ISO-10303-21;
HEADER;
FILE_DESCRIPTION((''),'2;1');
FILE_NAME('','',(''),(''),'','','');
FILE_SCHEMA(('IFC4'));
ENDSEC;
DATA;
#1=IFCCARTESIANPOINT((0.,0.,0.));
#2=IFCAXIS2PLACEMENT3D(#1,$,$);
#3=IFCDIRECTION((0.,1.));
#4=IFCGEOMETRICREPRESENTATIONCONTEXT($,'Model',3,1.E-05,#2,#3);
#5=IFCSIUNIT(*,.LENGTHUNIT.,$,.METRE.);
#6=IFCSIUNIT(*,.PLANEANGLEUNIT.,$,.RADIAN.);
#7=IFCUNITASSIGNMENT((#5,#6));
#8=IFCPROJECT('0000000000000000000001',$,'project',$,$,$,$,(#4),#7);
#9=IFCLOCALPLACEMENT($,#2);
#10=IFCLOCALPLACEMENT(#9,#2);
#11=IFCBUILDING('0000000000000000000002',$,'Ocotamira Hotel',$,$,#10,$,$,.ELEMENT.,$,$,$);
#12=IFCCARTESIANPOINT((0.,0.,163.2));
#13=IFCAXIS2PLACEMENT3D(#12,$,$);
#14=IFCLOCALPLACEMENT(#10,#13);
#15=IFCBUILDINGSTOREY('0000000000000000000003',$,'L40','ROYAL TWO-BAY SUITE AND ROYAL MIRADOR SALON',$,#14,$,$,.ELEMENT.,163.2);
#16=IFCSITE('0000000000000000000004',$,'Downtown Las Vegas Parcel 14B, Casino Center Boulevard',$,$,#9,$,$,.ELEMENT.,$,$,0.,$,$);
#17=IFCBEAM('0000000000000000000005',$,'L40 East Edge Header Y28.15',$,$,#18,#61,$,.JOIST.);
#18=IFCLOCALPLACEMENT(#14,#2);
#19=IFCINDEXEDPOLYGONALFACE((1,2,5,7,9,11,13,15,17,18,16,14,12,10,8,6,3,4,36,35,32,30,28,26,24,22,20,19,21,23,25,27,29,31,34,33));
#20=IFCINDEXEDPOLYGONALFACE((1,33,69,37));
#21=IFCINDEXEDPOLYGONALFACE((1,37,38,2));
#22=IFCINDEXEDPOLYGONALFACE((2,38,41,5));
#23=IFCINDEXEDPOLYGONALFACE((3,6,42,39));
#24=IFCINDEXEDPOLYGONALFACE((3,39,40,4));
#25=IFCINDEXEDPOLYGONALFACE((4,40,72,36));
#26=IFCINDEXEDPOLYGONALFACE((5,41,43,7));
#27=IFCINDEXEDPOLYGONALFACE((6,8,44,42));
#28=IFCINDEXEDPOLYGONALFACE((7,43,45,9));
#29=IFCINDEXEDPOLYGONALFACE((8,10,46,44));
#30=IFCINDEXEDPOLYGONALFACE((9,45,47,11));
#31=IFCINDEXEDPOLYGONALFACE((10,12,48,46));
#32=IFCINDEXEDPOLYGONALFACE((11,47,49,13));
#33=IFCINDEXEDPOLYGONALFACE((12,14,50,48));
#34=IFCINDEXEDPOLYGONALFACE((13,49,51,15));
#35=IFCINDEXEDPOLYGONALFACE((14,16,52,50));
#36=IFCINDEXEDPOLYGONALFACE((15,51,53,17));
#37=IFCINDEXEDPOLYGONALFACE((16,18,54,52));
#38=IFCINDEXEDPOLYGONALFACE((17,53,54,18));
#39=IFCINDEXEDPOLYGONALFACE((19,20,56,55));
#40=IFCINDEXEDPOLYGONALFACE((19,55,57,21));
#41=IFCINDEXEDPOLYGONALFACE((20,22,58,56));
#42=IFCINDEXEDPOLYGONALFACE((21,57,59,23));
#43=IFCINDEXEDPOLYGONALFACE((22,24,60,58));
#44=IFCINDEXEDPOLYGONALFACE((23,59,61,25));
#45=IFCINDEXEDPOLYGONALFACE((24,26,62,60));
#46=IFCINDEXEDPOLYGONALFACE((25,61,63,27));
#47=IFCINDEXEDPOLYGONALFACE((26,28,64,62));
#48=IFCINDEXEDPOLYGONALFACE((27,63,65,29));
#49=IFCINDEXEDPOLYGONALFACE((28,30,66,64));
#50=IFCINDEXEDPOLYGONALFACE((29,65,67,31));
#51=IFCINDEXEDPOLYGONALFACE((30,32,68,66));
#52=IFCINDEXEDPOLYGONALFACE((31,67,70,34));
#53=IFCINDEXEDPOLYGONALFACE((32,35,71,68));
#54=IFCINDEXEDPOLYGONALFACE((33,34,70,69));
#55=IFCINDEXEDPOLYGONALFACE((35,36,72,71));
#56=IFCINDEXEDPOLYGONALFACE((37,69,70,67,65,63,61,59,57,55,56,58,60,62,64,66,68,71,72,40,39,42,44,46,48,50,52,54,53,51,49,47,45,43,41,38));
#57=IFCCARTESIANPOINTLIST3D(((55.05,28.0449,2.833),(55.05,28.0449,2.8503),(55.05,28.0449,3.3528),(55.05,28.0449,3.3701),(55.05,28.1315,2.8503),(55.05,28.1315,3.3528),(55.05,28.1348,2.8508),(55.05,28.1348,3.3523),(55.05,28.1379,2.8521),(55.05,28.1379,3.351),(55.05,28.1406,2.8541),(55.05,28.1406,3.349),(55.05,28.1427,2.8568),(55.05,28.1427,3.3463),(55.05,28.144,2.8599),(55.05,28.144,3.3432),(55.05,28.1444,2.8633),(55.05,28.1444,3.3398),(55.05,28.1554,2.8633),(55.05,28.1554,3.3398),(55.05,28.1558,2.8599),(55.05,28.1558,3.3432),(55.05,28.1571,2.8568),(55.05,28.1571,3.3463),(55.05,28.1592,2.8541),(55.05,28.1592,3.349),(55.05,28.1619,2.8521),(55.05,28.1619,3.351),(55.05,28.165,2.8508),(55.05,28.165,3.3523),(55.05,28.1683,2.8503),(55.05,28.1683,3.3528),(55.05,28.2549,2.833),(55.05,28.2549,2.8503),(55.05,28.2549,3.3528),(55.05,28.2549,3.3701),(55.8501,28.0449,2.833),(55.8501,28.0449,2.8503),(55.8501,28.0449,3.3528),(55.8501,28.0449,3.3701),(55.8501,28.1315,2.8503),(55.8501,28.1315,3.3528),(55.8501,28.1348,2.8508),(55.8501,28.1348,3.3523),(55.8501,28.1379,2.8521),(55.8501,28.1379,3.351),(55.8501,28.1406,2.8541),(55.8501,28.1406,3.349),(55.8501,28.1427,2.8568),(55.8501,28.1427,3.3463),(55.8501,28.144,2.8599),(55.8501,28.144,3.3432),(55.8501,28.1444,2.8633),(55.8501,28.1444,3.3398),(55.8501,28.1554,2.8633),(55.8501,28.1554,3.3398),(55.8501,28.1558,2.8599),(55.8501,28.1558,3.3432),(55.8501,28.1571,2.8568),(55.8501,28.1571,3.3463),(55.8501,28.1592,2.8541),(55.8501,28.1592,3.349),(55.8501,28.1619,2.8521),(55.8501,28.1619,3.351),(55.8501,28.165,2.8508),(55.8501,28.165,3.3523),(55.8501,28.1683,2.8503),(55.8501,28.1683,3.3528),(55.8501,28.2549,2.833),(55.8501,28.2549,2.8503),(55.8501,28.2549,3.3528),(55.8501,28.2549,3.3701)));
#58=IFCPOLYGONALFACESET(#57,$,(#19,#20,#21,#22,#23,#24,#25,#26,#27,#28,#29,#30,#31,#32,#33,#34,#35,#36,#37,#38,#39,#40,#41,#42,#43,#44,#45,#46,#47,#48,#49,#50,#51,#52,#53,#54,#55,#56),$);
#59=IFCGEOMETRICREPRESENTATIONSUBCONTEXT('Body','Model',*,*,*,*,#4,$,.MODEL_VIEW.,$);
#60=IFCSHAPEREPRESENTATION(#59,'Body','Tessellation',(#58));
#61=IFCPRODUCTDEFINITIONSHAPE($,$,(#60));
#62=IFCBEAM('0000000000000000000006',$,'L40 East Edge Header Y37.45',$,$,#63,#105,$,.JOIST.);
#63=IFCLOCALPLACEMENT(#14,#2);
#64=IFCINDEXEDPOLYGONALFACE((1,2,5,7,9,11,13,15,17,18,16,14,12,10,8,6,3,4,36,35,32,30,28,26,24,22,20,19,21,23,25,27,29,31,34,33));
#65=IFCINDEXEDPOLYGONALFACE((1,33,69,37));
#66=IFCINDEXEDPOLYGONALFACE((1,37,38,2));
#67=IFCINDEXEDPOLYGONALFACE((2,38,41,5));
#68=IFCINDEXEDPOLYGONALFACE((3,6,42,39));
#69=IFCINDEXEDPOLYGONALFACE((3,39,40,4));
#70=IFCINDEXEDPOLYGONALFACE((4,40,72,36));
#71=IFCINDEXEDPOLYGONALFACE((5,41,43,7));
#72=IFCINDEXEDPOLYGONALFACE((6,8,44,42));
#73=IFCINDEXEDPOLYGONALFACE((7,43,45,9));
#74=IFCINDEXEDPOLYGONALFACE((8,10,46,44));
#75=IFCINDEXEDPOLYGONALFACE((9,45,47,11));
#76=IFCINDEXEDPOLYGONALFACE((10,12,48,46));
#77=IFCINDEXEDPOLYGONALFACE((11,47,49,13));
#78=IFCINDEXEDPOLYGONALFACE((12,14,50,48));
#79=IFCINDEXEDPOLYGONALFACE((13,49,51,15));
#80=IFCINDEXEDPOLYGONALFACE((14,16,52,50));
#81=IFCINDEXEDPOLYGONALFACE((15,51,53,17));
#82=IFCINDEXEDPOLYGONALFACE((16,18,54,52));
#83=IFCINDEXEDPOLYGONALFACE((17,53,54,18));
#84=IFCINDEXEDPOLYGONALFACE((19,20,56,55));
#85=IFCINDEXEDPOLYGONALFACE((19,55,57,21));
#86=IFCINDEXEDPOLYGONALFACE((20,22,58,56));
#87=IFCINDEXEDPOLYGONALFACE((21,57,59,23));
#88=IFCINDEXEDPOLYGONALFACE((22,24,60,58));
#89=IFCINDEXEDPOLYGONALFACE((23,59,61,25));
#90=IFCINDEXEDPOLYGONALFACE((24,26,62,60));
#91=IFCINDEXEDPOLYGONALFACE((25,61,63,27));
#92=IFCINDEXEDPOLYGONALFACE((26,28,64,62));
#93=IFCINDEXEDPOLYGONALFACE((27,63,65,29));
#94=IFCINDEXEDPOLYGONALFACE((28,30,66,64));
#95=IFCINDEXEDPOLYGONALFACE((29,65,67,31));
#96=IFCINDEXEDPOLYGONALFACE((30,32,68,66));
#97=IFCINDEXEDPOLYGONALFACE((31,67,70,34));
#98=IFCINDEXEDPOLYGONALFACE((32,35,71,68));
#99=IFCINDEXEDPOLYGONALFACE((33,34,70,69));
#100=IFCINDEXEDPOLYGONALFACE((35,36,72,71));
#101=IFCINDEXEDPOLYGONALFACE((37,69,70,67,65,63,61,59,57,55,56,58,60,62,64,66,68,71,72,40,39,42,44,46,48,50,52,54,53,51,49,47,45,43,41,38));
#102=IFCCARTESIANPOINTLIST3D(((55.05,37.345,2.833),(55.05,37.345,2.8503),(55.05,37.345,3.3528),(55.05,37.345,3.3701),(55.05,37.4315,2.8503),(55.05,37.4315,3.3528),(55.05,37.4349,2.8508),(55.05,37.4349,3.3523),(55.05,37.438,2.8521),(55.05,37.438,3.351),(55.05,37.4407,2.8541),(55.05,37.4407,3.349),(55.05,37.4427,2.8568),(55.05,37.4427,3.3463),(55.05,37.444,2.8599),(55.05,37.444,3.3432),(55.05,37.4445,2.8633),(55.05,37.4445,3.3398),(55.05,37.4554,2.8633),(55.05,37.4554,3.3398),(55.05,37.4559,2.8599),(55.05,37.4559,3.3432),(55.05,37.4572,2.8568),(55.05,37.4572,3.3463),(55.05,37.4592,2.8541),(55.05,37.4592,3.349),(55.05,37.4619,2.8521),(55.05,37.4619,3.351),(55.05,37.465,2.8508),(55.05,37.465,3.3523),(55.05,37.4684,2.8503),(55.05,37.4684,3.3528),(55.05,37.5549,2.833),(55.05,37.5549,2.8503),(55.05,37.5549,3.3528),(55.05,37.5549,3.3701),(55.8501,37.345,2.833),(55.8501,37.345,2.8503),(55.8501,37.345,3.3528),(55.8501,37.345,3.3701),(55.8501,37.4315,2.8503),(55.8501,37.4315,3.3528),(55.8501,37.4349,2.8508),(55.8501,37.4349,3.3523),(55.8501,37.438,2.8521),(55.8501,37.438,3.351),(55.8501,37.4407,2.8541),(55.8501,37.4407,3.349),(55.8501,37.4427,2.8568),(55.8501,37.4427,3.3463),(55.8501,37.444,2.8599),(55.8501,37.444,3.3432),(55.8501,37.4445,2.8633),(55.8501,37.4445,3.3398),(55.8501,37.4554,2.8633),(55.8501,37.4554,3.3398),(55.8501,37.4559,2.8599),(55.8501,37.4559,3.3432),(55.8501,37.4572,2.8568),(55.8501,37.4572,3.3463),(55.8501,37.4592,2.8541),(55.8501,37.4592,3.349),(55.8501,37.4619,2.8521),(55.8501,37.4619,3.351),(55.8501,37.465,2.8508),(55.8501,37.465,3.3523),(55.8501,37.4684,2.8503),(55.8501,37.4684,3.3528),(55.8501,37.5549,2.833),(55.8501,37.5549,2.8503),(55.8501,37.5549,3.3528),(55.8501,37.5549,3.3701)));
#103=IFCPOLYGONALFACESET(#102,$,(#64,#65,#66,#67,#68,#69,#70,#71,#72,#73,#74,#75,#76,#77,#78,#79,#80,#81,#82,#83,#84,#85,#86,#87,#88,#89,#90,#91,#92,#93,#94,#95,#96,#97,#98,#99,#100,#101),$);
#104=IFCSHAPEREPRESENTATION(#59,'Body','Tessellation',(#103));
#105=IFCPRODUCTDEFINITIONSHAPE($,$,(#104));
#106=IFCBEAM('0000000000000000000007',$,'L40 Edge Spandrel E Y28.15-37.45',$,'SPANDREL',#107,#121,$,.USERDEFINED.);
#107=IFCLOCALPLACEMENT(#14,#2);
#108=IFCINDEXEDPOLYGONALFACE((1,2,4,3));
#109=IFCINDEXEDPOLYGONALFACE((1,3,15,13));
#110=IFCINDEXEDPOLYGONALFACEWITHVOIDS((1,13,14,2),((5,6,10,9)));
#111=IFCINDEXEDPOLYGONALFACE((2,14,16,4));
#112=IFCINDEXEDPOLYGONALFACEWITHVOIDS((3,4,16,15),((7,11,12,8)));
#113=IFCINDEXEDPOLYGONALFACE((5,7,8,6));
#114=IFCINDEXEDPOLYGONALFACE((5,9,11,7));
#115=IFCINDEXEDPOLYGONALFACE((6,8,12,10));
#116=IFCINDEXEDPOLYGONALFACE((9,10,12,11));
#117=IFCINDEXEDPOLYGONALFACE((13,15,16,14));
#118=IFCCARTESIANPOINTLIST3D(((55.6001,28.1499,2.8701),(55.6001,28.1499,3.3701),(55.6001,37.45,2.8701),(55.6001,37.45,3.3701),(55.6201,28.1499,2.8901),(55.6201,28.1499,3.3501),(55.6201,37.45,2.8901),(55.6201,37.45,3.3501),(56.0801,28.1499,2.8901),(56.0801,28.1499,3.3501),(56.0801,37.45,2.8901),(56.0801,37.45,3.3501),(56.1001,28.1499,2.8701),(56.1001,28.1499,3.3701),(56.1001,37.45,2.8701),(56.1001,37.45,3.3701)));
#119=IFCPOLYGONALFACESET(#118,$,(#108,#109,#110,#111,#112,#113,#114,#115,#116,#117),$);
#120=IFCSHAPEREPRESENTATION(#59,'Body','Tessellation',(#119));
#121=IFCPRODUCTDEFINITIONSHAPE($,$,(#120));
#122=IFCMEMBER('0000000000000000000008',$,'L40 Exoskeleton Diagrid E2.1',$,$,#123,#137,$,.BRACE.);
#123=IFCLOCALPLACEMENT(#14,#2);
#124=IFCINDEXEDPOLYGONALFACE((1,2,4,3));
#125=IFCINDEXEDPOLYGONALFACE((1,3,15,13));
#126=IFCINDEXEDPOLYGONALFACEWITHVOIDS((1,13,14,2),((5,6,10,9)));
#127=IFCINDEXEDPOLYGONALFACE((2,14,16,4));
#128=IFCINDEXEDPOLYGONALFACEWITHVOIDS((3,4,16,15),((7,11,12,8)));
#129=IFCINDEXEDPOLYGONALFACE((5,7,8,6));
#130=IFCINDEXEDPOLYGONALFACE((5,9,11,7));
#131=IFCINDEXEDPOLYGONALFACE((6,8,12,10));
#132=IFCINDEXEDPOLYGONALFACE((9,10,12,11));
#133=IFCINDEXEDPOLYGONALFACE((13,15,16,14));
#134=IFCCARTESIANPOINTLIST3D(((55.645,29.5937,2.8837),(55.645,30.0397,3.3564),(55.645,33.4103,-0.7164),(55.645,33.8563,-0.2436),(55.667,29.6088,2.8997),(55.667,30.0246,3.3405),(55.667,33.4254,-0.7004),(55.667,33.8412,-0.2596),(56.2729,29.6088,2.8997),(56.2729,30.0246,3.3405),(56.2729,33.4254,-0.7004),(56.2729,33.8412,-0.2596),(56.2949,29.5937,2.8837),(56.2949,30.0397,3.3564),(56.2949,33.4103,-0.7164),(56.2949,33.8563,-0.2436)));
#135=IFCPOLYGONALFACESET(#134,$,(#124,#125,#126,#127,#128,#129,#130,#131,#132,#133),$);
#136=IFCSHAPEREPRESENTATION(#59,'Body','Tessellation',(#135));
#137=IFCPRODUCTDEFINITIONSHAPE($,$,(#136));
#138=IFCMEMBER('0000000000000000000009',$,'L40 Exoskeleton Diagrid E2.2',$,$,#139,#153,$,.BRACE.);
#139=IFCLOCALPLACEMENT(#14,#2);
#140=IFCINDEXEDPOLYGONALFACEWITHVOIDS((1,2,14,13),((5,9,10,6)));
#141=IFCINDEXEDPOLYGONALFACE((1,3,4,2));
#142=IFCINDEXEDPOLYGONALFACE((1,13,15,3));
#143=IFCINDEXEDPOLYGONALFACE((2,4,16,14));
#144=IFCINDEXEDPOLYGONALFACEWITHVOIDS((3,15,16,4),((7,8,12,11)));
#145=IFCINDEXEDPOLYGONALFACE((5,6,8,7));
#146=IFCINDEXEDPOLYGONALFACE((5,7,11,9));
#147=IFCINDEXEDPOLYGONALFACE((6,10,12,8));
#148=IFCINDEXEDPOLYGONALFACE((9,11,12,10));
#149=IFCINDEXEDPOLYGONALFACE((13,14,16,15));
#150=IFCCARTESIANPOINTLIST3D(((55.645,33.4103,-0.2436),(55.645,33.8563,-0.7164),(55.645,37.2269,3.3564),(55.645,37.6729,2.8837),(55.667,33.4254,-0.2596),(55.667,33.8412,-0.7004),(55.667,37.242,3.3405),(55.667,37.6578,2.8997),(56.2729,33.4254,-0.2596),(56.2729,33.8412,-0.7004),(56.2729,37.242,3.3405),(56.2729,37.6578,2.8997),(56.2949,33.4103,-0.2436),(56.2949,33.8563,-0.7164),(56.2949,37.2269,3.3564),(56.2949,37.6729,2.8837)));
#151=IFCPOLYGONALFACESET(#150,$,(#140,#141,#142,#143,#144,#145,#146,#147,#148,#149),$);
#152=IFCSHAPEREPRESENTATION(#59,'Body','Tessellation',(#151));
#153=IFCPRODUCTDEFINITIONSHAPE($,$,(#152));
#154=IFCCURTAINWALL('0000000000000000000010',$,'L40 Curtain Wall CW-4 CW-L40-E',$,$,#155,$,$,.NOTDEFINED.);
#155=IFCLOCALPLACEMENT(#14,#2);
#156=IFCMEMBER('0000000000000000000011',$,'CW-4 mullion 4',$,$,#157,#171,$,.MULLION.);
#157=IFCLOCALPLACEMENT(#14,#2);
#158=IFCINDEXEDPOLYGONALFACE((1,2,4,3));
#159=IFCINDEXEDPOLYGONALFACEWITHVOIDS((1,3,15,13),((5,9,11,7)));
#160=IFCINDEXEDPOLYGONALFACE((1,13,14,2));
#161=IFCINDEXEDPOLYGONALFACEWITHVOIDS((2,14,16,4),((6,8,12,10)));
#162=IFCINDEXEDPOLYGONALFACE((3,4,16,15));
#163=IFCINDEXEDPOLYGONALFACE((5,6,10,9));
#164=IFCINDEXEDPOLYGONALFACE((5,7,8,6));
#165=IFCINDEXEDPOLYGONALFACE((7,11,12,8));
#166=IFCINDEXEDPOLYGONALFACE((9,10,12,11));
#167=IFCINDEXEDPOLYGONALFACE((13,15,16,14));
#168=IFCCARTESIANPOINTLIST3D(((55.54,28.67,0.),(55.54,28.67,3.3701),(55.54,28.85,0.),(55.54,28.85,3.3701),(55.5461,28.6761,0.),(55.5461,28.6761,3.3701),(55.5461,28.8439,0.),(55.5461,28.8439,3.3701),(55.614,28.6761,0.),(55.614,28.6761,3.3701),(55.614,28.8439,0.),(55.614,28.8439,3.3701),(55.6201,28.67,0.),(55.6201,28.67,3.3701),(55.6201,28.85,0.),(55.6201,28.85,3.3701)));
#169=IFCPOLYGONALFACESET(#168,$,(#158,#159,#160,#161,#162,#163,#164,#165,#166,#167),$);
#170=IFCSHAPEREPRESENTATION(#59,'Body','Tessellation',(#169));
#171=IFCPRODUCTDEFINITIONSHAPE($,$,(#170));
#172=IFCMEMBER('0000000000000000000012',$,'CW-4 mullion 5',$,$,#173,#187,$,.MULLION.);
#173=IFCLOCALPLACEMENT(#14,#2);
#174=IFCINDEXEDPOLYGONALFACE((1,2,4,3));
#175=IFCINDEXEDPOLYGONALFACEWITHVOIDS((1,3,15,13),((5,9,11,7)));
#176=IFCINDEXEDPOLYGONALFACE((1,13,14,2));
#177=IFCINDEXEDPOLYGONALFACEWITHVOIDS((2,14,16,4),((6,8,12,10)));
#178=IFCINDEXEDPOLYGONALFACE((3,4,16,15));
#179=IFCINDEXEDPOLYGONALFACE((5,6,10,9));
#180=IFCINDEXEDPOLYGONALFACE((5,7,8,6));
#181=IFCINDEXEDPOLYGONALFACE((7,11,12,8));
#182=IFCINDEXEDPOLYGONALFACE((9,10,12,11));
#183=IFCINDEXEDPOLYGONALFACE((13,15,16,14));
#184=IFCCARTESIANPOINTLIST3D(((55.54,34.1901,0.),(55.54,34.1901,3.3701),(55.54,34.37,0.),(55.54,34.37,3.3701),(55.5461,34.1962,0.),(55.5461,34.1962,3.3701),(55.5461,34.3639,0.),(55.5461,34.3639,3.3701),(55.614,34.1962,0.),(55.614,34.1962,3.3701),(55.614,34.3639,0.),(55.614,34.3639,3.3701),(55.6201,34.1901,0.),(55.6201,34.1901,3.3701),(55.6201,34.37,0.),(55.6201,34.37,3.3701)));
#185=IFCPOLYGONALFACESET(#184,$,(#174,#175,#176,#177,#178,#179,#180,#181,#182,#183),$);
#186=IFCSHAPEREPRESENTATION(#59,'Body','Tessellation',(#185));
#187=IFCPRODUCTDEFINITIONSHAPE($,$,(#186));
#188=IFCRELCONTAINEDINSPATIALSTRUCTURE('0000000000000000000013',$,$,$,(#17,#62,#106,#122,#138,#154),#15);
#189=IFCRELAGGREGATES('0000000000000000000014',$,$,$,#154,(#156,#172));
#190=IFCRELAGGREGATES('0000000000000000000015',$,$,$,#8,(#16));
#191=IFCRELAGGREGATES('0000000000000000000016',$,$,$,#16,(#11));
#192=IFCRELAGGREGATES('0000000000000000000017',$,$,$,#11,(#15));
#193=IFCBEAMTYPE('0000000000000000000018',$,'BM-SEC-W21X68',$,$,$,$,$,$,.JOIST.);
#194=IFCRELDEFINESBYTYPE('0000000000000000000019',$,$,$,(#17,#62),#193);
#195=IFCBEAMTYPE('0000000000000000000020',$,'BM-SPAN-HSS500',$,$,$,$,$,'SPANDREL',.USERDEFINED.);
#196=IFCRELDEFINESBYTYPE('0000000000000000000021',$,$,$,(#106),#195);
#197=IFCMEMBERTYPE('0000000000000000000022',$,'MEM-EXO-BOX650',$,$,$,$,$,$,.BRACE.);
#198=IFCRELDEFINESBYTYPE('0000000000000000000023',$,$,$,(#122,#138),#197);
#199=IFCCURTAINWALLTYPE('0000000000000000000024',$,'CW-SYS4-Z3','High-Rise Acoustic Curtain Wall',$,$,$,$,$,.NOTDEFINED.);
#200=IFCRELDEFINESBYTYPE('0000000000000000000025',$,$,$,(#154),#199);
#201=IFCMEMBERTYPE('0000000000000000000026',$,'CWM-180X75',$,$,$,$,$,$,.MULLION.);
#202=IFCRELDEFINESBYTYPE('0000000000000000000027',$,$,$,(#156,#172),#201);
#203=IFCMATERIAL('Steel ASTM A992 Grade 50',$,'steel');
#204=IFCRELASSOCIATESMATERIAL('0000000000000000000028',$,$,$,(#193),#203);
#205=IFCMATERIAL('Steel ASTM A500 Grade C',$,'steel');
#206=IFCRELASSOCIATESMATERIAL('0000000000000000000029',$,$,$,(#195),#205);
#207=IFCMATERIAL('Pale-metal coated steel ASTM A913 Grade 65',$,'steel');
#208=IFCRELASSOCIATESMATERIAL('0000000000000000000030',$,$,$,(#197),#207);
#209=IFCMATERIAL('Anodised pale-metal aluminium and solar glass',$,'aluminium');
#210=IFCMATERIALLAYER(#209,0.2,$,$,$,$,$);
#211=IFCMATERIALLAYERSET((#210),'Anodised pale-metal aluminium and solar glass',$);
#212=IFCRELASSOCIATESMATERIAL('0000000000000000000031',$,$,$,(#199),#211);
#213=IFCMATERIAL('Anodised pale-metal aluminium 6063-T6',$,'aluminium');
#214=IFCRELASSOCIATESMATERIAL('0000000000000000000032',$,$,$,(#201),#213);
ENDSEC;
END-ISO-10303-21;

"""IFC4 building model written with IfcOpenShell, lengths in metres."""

from ifc_helpers import new_model, si_unit, direction, frame, origin, origin_2d, place, context, subcontext, project, spatial, hollow_rectangle, i_section, extrude, source, transform, mapped, material, layer, layer_set, material_profile, profile_set, type_object, element, aggregate, save


model = new_model("IFC4")

# Units and contexts
model_context = context("Model", 3, precision=1e-05, world=origin(), true_north=direction((0.0, 1.0)))
body_context = subcontext(model_context, "Body", "Model", "MODEL_VIEW")
ifc_project = project(units=[si_unit("LENGTHUNIT", "METRE"), si_unit("PLANEANGLEUNIT", "RADIAN")], contexts=[model_context])

# Site, building, storey
site_placement = place(None, origin())
site = spatial("IfcSite", under=ifc_project, at=site_placement, Name="Downtown Las Vegas Parcel 14B, Casino Center Boulevard", CompositionType="ELEMENT", RefElevation=0.0)
building_placement = place(site_placement, origin())
building = spatial("IfcBuilding", under=site, at=building_placement, Name="Ocotamira Hotel", CompositionType="ELEMENT")
storey_placement = place(building_placement, frame((0.0, 0.0, 163.2)))
storey = spatial("IfcBuildingStorey", under=building, at=storey_placement, Name="L40", Description="ROYAL TWO-BAY SUITE AND ROYAL MIRADOR SALON", CompositionType="ELEMENT", Elevation=163.2)

# Beams
ifc_material_1 = material(Name="Steel ASTM A500 Grade C", Category="steel")
ifc_material_2 = material(Name="Steel ASTM A992 Grade 50", Category="steel")
ifc_material_profile_1 = material_profile(ifc_material_2, i_section(OverallWidth=0.21, OverallDepth=0.5371, WebThickness=0.011, FlangeThickness=0.0173, FilletRadius=0.0129, at=origin_2d()), Name="W21X68")
ifc_profile_set_1 = profile_set([ifc_material_profile_1], Name="Steel ASTM A992 Grade 50")
beam_type_1 = type_object("IfcBeamType", Name="BM-SEC-W21X68", PredefinedType="JOIST", material=ifc_profile_set_1)
shared_shape_1 = source(origin(), body_context, "Body", "SweptSolid", [
    extrude(i_section(OverallWidth=0.21, OverallDepth=0.5371, WebThickness=0.011, FlangeThickness=0.0173, FilletRadius=0.0129, at=origin_2d()), origin(), (0.0, 0.0, 1.0), 0.8),
])
for number, where, z_axis, x_axis, name in (
    (1, (55.05, 28.1499, 3.1016), (1.0, 0.0, 0.0), (0.0, 1.0, 0.0), "L40 East Edge Header Y28.15"),
    (2, (55.05, 37.45, 3.1016), (1.0, 0.0, 0.0), (0.0, 1.0, 0.0), "L40 East Edge Header Y37.45"),
):
    element("IfcBeam", number, at=place(storey_placement, frame(where, z_axis=z_axis, x_axis=x_axis)), inside=storey, type_object=beam_type_1, Name=name, PredefinedType="JOIST", context=body_context, shape_type="MappedRepresentation", body=[
        mapped(shared_shape_1, transform((0.0, 0.0, 0.0), scale=1.0)),
    ])
ifc_material_profile_2 = material_profile(ifc_material_1, hollow_rectangle(XDim=0.5, YDim=0.5, WallThickness=0.02, at=origin_2d()), Name="HSS500X500X20")
ifc_profile_set_2 = profile_set([ifc_material_profile_2], Name="Steel ASTM A500 Grade C")
beam_type_2 = type_object("IfcBeamType", Name="BM-SPAN-HSS500", ElementType="SPANDREL", PredefinedType="USERDEFINED", material=ifc_profile_set_2)
shared_shape_2 = source(origin(), body_context, "Body", "SweptSolid", [
    extrude(hollow_rectangle(XDim=0.5, YDim=0.5, WallThickness=0.02, at=origin_2d()), origin(), (0.0, 0.0, 1.0), 9.3),
])
beam_1_placement = place(storey_placement, frame((55.8501, 28.1499, 3.1201), z_axis=(0.0, 1.0, 0.0), x_axis=(-1.0, 0.0, 0.0)))
element("IfcBeam", 3, at=beam_1_placement, inside=storey, type_object=beam_type_2, Name="L40 Edge Spandrel E Y28.15-37.45", ObjectType="SPANDREL", PredefinedType="USERDEFINED", context=body_context, shape_type="MappedRepresentation", body=[
    mapped(shared_shape_2, transform((0.0, 0.0, 0.0), scale=1.0)),
])

# Members
ifc_material_3 = material(Name="Pale-metal coated steel ASTM A913 Grade 65", Category="steel")
ifc_material_profile_3 = material_profile(ifc_material_3, hollow_rectangle(XDim=0.6499, YDim=0.6499, WallThickness=0.022, at=origin_2d()), Name="BOX650X650X22")
ifc_profile_set_3 = profile_set([ifc_material_profile_3], Name="Pale-metal coated steel ASTM A913 Grade 65")
member_type_1 = type_object("IfcMemberType", Name="MEM-EXO-BOX650", PredefinedType="BRACE", material=ifc_profile_set_3)
shared_shape_3 = source(origin(), body_context, "Body", "SweptSolid", [
    extrude(hollow_rectangle(XDim=0.6499, YDim=0.6499, WallThickness=0.022, at=origin_2d()), origin(), (0.0, 0.0, 1.0), 5.2466),
])
for number, where, z_axis, x_axis, name in (
    (4, (55.97, 33.6333, -0.48), (0.0, -0.727443, 0.686168), (1.0, 0.0, 0.0), "L40 Exoskeleton Diagrid E2.1"),
    (5, (55.97, 33.6333, -0.48), (0.0, 0.727443, 0.686168), (-1.0, 0.0, 0.0), "L40 Exoskeleton Diagrid E2.2"),
):
    element("IfcMember", number, at=place(storey_placement, frame(where, z_axis=z_axis, x_axis=x_axis)), inside=storey, type_object=member_type_1, Name=name, PredefinedType="BRACE", context=body_context, shape_type="MappedRepresentation", body=[
        mapped(shared_shape_3, transform((0.0, 0.0, 0.0), scale=1.0)),
    ])

# Curtain wall, members
ifc_material_4 = material(Name="Anodised pale-metal aluminium and solar glass", Category="aluminium")
ifc_layer_1 = layer(ifc_material_4, 0.2)
ifc_layer_set_1 = layer_set([ifc_layer_1], Name="Anodised pale-metal aluminium and solar glass")
curtain_wall_type = type_object("IfcCurtainWallType", Name="CW-SYS4-Z3", Description="High-Rise Acoustic Curtain Wall", PredefinedType="NOTDEFINED", material=ifc_layer_set_1)
curtain_wall_placement = place(storey_placement, origin())
curtain_wall = element("IfcCurtainWall", 6, at=curtain_wall_placement, inside=storey, type_object=curtain_wall_type, Name="L40 Curtain Wall CW-4 CW-L40-E", PredefinedType="NOTDEFINED")
ifc_material_5 = material(Name="Anodised pale-metal aluminium 6063-T6", Category="aluminium")
ifc_material_profile_4 = material_profile(ifc_material_5, hollow_rectangle(XDim=0.0801, YDim=0.1799, WallThickness=0.0061, at=origin_2d()), Name="HSS180X80X6")
ifc_profile_set_4 = profile_set([ifc_material_profile_4], Name="Anodised pale-metal aluminium 6063-T6")
member_type_2 = type_object("IfcMemberType", Name="CWM-180X75", PredefinedType="MULLION", material=ifc_profile_set_4)
shared_shape_4 = source(origin(), body_context, "Body", "SweptSolid", [
    extrude(hollow_rectangle(XDim=0.0801, YDim=0.1799, WallThickness=0.0061, at=origin_2d()), origin(), (0.0, 0.0, 1.0), 3.3701),
])
member_1_placement = place(storey_placement, frame((55.5801, 28.76, 0.0), z_axis=(0.0, 0.0, 1.0), x_axis=(-1.0, 0.0, 0.0)))
member_1 = element("IfcMember", 7, at=member_1_placement, type_object=member_type_2, Name="CW-4 mullion 4", PredefinedType="MULLION", context=body_context, shape_type="MappedRepresentation", body=[
    mapped(shared_shape_4, transform((0.0, 0.0, 0.0), scale=1.0)),
])
member_2_placement = place(storey_placement, frame((55.5801, 34.28, 0.0), z_axis=(0.0, 0.0, 1.0), x_axis=(-1.0, 0.0, 0.0)))
member_2 = element("IfcMember", 8, at=member_2_placement, type_object=member_type_2, Name="CW-4 mullion 5", PredefinedType="MULLION", context=body_context, shape_type="MappedRepresentation", body=[
    mapped(shared_shape_4, transform((0.0, 0.0, 0.0), scale=1.0)),
])

aggregate(curtain_wall, [member_1, member_2])

save(model, "model.ifc")
